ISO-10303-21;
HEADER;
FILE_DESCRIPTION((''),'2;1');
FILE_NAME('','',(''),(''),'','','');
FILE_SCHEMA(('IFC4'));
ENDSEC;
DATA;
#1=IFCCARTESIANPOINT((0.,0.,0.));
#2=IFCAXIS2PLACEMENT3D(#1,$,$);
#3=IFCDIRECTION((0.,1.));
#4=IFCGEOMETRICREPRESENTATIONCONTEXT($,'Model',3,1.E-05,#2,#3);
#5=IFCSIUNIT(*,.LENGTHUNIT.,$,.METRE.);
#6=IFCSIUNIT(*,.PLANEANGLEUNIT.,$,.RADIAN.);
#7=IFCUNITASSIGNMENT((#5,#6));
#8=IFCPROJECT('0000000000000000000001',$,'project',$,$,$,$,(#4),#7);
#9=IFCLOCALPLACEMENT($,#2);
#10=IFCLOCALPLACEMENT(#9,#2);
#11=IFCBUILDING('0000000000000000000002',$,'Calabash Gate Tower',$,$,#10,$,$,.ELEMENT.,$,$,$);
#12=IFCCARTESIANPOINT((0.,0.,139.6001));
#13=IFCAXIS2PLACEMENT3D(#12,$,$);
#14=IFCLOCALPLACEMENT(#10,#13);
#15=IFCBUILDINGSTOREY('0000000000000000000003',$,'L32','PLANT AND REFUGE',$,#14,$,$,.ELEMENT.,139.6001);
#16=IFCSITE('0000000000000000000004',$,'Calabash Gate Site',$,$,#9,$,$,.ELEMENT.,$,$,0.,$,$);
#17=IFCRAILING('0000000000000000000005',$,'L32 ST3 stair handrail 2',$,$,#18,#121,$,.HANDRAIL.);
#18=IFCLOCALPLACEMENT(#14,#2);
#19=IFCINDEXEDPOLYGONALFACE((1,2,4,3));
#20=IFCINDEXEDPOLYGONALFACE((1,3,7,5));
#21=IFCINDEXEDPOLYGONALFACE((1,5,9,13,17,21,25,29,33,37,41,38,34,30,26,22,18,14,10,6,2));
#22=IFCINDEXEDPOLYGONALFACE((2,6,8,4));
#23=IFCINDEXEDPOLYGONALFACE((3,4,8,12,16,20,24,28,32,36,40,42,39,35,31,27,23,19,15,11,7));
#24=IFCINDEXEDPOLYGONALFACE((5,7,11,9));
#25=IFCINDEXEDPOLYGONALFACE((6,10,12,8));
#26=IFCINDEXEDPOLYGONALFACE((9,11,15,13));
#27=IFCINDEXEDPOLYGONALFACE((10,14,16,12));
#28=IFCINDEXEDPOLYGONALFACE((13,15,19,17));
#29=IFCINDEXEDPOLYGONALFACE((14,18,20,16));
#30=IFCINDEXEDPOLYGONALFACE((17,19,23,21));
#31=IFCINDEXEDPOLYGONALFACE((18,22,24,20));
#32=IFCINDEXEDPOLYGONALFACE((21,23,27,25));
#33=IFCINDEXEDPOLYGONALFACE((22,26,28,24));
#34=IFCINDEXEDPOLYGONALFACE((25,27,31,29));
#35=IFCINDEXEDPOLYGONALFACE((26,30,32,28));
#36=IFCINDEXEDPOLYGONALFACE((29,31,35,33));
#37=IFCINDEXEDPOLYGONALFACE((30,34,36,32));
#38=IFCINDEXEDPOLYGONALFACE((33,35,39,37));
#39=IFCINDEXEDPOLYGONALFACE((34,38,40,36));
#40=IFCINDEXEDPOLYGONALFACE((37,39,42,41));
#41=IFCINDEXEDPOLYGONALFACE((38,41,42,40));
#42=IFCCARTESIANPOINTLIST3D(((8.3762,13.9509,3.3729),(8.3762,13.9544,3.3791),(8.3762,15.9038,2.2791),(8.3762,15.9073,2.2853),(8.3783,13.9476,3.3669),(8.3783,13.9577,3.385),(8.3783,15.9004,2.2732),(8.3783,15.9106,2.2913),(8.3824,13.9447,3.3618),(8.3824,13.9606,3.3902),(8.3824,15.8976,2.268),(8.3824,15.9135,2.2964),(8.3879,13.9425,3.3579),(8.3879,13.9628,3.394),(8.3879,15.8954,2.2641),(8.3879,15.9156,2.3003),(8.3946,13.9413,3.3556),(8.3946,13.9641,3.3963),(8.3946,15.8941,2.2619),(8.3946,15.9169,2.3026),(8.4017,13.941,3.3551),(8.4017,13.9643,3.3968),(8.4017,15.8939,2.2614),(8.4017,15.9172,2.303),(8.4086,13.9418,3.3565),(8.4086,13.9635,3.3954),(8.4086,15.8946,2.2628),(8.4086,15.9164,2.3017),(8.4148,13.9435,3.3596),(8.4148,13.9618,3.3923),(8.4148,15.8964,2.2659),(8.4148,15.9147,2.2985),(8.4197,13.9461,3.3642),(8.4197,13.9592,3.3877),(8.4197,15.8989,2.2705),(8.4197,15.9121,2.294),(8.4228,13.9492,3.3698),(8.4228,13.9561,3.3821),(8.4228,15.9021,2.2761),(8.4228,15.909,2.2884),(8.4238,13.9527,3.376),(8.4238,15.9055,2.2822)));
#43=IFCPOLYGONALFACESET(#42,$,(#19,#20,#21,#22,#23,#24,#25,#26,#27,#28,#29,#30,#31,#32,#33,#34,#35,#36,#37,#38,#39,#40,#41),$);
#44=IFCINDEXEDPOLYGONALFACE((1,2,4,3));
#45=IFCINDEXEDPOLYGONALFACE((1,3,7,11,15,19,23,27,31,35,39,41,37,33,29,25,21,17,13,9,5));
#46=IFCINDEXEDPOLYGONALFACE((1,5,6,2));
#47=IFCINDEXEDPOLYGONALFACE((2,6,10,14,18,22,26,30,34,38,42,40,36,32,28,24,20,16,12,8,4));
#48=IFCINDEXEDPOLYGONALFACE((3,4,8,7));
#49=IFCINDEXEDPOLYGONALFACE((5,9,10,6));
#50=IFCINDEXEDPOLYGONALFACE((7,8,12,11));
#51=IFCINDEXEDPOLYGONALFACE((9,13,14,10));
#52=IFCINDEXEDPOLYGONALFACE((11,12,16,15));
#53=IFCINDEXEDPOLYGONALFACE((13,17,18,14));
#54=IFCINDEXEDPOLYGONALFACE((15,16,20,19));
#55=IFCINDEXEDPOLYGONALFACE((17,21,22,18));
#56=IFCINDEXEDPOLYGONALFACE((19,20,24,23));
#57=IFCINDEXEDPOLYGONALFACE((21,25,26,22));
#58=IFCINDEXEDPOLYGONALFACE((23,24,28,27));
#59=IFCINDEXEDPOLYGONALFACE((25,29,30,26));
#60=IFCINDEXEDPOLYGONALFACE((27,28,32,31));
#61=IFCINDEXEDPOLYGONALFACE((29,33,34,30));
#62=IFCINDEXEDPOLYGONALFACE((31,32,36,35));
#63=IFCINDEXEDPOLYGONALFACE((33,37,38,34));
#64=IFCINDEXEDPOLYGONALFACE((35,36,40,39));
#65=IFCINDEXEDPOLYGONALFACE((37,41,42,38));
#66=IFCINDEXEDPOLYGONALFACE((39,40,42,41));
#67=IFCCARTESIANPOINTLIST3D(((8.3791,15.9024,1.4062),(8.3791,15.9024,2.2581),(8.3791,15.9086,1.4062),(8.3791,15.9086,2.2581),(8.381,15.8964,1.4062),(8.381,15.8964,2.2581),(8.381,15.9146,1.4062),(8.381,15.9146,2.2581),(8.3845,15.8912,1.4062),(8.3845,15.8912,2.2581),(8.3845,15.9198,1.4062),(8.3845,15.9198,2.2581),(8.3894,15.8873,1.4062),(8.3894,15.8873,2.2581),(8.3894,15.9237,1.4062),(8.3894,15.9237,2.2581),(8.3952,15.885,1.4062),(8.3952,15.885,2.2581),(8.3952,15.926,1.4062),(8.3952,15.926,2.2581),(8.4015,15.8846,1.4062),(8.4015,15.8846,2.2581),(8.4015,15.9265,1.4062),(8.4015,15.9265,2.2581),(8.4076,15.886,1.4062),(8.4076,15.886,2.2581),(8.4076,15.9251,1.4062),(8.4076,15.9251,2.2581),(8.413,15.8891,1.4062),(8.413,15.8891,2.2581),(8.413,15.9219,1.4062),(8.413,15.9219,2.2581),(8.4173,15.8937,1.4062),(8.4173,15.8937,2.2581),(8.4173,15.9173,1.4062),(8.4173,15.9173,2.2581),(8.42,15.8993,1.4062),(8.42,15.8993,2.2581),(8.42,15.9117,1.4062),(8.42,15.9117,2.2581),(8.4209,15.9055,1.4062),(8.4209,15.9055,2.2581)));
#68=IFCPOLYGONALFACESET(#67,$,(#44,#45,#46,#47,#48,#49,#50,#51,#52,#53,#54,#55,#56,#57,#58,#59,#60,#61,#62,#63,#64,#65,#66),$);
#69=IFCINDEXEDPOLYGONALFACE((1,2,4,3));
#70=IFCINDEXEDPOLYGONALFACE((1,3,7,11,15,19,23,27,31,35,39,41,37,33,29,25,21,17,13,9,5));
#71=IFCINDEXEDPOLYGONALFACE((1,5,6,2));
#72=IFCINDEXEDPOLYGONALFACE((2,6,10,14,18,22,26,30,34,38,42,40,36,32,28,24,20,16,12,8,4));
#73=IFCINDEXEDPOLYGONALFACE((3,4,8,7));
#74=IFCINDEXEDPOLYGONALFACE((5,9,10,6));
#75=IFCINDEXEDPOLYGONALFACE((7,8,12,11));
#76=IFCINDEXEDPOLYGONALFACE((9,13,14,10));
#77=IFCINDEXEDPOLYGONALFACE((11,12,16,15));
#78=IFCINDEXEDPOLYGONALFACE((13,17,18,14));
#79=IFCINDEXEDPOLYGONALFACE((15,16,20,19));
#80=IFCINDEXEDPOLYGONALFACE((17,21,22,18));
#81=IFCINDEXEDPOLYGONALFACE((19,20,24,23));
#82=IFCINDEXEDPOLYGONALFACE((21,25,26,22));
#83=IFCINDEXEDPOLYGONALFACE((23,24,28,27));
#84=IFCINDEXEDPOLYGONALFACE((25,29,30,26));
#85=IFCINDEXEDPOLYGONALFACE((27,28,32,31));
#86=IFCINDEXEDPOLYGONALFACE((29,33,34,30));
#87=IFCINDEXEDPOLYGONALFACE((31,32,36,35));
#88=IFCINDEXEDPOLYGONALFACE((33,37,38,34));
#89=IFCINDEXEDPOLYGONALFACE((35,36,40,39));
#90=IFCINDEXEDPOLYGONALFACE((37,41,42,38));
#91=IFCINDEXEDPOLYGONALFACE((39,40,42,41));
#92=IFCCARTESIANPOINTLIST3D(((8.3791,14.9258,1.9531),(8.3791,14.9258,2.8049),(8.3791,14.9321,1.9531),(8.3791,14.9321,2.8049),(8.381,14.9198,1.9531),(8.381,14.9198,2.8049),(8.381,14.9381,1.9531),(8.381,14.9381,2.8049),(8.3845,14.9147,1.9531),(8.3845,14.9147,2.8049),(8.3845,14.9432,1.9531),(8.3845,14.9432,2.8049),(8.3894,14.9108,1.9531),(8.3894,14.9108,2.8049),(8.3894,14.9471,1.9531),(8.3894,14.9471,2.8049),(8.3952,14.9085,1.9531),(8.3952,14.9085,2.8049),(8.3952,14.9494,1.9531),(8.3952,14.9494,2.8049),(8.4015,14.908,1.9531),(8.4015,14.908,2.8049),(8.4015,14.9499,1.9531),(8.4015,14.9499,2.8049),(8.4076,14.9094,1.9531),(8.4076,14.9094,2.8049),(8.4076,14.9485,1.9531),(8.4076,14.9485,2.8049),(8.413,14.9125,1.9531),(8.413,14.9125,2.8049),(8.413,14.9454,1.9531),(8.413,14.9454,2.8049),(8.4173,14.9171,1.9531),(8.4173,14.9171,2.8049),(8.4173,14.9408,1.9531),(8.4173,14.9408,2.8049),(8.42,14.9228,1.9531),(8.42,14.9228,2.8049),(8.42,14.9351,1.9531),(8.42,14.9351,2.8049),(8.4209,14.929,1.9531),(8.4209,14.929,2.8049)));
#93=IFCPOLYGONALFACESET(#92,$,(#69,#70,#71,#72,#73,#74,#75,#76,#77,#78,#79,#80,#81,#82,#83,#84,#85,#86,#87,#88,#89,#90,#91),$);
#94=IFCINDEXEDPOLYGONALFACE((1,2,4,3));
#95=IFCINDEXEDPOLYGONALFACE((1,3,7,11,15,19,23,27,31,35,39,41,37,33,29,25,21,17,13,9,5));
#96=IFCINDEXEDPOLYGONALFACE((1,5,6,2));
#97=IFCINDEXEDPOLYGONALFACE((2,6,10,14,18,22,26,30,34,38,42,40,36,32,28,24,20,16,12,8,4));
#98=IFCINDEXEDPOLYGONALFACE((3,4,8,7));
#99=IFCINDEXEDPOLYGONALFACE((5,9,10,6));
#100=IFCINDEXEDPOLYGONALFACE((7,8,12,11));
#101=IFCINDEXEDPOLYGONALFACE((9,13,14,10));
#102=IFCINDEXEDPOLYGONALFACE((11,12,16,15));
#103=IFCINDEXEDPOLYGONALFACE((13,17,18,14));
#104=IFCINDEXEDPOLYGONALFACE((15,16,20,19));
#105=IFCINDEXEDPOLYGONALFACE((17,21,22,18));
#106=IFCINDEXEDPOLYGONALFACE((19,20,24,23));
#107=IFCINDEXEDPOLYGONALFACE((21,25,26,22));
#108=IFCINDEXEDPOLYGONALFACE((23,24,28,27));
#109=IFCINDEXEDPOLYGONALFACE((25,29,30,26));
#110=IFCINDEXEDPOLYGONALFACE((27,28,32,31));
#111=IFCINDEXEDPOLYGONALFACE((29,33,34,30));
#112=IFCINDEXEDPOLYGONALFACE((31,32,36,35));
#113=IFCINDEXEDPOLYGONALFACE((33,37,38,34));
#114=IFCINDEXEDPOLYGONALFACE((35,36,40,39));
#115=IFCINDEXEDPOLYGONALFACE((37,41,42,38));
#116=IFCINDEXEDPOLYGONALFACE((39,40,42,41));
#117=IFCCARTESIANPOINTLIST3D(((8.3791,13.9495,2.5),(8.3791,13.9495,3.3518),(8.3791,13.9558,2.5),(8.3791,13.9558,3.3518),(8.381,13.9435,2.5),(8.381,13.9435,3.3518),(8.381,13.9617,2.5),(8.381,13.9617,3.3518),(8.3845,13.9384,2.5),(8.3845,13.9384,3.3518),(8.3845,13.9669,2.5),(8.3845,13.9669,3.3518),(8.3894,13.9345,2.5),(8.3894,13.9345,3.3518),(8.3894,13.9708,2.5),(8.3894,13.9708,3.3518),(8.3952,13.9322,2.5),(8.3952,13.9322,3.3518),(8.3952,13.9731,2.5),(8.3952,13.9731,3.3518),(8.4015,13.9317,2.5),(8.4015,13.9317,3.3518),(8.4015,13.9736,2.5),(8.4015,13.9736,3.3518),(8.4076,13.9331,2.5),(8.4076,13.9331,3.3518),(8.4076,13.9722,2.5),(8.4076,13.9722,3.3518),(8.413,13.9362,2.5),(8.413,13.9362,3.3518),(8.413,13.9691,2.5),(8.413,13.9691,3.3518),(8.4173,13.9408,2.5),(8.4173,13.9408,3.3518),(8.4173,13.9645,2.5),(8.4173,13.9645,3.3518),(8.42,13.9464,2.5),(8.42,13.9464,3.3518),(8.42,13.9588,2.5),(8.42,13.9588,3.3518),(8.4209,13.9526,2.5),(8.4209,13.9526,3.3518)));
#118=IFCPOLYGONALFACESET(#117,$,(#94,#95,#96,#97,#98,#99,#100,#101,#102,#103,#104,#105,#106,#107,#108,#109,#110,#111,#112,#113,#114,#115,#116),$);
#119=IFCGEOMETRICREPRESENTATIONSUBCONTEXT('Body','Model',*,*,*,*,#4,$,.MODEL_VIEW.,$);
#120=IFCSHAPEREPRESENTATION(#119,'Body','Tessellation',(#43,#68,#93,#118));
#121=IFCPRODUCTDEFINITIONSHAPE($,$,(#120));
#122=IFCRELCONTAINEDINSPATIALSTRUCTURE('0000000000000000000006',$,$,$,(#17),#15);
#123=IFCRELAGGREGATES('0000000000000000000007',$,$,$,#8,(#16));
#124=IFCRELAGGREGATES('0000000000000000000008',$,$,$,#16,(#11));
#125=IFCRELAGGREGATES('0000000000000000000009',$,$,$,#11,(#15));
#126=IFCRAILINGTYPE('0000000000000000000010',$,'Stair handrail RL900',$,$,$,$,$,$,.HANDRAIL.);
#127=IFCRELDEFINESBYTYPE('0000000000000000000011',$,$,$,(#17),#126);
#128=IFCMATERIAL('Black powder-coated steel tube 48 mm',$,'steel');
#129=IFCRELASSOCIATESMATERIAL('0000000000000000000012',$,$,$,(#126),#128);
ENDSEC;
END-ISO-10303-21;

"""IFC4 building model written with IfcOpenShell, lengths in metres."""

from ifc_helpers import new_model, si_unit, direction, frame, origin, origin_2d, place, context, subcontext, project, spatial, circle, extrude, material, type_object, element, save


model = new_model("IFC4")

# Units and contexts
model_context = context("Model", 3, precision=1e-05, world=origin(), true_north=direction((0.0, 1.0)))
body_context = subcontext(model_context, "Body", "Model", "MODEL_VIEW")
ifc_project = project(units=[si_unit("LENGTHUNIT", "METRE"), si_unit("PLANEANGLEUNIT", "RADIAN")], contexts=[model_context])

# Site, building, storey
site_placement = place(None, origin())
site = spatial("IfcSite", under=ifc_project, at=site_placement, Name="Calabash Gate Site", CompositionType="ELEMENT", RefElevation=0.0)
building_placement = place(site_placement, origin())
building = spatial("IfcBuilding", under=site, at=building_placement, Name="Calabash Gate Tower", CompositionType="ELEMENT")
storey_placement = place(building_placement, frame((0.0, 0.0, 139.6001)))
storey = spatial("IfcBuildingStorey", under=building, at=storey_placement, Name="L32", Description="PLANT AND REFUGE", CompositionType="ELEMENT", Elevation=139.6001)

# Railing
ifc_material_1 = material(Name="Black powder-coated steel tube 48 mm", Category="steel")
railing_type_1 = type_object("IfcRailingType", Name="Stair handrail RL900", PredefinedType="HANDRAIL", material=ifc_material_1)
railing_1_placement = place(storey_placement, frame((8.3999, 15.9055, 1.4062)))
element("IfcRailing", 1, at=railing_1_placement, inside=storey, type_object=railing_type_1, Name="L32 ST3 stair handrail 2", PredefinedType="HANDRAIL", context=body_context, shape_type="SweptSolid", body=[
    extrude(circle(Radius=0.0239, at=origin_2d()), frame((0.0, 0.0, 0.876), z_axis=(0.0, -0.87248, 0.48865), x_axis=(1.0, 0.0, 0.0)), (0.0, 0.0, 1.0), 2.2383),
    extrude(circle(Radius=0.021, at=origin_2d()), origin(), (0.0, 0.0, 1.0), 0.8518),
    extrude(circle(Radius=0.021, at=origin_2d()), frame((0.0, -0.9766, 0.5469)), (0.0, 0.0, 1.0), 0.8518),
    extrude(circle(Radius=0.021, at=origin_2d()), frame((0.0, -1.9529, 1.0938)), (0.0, 0.0, 1.0), 0.8518),
])

save(model, "model.ifc")
